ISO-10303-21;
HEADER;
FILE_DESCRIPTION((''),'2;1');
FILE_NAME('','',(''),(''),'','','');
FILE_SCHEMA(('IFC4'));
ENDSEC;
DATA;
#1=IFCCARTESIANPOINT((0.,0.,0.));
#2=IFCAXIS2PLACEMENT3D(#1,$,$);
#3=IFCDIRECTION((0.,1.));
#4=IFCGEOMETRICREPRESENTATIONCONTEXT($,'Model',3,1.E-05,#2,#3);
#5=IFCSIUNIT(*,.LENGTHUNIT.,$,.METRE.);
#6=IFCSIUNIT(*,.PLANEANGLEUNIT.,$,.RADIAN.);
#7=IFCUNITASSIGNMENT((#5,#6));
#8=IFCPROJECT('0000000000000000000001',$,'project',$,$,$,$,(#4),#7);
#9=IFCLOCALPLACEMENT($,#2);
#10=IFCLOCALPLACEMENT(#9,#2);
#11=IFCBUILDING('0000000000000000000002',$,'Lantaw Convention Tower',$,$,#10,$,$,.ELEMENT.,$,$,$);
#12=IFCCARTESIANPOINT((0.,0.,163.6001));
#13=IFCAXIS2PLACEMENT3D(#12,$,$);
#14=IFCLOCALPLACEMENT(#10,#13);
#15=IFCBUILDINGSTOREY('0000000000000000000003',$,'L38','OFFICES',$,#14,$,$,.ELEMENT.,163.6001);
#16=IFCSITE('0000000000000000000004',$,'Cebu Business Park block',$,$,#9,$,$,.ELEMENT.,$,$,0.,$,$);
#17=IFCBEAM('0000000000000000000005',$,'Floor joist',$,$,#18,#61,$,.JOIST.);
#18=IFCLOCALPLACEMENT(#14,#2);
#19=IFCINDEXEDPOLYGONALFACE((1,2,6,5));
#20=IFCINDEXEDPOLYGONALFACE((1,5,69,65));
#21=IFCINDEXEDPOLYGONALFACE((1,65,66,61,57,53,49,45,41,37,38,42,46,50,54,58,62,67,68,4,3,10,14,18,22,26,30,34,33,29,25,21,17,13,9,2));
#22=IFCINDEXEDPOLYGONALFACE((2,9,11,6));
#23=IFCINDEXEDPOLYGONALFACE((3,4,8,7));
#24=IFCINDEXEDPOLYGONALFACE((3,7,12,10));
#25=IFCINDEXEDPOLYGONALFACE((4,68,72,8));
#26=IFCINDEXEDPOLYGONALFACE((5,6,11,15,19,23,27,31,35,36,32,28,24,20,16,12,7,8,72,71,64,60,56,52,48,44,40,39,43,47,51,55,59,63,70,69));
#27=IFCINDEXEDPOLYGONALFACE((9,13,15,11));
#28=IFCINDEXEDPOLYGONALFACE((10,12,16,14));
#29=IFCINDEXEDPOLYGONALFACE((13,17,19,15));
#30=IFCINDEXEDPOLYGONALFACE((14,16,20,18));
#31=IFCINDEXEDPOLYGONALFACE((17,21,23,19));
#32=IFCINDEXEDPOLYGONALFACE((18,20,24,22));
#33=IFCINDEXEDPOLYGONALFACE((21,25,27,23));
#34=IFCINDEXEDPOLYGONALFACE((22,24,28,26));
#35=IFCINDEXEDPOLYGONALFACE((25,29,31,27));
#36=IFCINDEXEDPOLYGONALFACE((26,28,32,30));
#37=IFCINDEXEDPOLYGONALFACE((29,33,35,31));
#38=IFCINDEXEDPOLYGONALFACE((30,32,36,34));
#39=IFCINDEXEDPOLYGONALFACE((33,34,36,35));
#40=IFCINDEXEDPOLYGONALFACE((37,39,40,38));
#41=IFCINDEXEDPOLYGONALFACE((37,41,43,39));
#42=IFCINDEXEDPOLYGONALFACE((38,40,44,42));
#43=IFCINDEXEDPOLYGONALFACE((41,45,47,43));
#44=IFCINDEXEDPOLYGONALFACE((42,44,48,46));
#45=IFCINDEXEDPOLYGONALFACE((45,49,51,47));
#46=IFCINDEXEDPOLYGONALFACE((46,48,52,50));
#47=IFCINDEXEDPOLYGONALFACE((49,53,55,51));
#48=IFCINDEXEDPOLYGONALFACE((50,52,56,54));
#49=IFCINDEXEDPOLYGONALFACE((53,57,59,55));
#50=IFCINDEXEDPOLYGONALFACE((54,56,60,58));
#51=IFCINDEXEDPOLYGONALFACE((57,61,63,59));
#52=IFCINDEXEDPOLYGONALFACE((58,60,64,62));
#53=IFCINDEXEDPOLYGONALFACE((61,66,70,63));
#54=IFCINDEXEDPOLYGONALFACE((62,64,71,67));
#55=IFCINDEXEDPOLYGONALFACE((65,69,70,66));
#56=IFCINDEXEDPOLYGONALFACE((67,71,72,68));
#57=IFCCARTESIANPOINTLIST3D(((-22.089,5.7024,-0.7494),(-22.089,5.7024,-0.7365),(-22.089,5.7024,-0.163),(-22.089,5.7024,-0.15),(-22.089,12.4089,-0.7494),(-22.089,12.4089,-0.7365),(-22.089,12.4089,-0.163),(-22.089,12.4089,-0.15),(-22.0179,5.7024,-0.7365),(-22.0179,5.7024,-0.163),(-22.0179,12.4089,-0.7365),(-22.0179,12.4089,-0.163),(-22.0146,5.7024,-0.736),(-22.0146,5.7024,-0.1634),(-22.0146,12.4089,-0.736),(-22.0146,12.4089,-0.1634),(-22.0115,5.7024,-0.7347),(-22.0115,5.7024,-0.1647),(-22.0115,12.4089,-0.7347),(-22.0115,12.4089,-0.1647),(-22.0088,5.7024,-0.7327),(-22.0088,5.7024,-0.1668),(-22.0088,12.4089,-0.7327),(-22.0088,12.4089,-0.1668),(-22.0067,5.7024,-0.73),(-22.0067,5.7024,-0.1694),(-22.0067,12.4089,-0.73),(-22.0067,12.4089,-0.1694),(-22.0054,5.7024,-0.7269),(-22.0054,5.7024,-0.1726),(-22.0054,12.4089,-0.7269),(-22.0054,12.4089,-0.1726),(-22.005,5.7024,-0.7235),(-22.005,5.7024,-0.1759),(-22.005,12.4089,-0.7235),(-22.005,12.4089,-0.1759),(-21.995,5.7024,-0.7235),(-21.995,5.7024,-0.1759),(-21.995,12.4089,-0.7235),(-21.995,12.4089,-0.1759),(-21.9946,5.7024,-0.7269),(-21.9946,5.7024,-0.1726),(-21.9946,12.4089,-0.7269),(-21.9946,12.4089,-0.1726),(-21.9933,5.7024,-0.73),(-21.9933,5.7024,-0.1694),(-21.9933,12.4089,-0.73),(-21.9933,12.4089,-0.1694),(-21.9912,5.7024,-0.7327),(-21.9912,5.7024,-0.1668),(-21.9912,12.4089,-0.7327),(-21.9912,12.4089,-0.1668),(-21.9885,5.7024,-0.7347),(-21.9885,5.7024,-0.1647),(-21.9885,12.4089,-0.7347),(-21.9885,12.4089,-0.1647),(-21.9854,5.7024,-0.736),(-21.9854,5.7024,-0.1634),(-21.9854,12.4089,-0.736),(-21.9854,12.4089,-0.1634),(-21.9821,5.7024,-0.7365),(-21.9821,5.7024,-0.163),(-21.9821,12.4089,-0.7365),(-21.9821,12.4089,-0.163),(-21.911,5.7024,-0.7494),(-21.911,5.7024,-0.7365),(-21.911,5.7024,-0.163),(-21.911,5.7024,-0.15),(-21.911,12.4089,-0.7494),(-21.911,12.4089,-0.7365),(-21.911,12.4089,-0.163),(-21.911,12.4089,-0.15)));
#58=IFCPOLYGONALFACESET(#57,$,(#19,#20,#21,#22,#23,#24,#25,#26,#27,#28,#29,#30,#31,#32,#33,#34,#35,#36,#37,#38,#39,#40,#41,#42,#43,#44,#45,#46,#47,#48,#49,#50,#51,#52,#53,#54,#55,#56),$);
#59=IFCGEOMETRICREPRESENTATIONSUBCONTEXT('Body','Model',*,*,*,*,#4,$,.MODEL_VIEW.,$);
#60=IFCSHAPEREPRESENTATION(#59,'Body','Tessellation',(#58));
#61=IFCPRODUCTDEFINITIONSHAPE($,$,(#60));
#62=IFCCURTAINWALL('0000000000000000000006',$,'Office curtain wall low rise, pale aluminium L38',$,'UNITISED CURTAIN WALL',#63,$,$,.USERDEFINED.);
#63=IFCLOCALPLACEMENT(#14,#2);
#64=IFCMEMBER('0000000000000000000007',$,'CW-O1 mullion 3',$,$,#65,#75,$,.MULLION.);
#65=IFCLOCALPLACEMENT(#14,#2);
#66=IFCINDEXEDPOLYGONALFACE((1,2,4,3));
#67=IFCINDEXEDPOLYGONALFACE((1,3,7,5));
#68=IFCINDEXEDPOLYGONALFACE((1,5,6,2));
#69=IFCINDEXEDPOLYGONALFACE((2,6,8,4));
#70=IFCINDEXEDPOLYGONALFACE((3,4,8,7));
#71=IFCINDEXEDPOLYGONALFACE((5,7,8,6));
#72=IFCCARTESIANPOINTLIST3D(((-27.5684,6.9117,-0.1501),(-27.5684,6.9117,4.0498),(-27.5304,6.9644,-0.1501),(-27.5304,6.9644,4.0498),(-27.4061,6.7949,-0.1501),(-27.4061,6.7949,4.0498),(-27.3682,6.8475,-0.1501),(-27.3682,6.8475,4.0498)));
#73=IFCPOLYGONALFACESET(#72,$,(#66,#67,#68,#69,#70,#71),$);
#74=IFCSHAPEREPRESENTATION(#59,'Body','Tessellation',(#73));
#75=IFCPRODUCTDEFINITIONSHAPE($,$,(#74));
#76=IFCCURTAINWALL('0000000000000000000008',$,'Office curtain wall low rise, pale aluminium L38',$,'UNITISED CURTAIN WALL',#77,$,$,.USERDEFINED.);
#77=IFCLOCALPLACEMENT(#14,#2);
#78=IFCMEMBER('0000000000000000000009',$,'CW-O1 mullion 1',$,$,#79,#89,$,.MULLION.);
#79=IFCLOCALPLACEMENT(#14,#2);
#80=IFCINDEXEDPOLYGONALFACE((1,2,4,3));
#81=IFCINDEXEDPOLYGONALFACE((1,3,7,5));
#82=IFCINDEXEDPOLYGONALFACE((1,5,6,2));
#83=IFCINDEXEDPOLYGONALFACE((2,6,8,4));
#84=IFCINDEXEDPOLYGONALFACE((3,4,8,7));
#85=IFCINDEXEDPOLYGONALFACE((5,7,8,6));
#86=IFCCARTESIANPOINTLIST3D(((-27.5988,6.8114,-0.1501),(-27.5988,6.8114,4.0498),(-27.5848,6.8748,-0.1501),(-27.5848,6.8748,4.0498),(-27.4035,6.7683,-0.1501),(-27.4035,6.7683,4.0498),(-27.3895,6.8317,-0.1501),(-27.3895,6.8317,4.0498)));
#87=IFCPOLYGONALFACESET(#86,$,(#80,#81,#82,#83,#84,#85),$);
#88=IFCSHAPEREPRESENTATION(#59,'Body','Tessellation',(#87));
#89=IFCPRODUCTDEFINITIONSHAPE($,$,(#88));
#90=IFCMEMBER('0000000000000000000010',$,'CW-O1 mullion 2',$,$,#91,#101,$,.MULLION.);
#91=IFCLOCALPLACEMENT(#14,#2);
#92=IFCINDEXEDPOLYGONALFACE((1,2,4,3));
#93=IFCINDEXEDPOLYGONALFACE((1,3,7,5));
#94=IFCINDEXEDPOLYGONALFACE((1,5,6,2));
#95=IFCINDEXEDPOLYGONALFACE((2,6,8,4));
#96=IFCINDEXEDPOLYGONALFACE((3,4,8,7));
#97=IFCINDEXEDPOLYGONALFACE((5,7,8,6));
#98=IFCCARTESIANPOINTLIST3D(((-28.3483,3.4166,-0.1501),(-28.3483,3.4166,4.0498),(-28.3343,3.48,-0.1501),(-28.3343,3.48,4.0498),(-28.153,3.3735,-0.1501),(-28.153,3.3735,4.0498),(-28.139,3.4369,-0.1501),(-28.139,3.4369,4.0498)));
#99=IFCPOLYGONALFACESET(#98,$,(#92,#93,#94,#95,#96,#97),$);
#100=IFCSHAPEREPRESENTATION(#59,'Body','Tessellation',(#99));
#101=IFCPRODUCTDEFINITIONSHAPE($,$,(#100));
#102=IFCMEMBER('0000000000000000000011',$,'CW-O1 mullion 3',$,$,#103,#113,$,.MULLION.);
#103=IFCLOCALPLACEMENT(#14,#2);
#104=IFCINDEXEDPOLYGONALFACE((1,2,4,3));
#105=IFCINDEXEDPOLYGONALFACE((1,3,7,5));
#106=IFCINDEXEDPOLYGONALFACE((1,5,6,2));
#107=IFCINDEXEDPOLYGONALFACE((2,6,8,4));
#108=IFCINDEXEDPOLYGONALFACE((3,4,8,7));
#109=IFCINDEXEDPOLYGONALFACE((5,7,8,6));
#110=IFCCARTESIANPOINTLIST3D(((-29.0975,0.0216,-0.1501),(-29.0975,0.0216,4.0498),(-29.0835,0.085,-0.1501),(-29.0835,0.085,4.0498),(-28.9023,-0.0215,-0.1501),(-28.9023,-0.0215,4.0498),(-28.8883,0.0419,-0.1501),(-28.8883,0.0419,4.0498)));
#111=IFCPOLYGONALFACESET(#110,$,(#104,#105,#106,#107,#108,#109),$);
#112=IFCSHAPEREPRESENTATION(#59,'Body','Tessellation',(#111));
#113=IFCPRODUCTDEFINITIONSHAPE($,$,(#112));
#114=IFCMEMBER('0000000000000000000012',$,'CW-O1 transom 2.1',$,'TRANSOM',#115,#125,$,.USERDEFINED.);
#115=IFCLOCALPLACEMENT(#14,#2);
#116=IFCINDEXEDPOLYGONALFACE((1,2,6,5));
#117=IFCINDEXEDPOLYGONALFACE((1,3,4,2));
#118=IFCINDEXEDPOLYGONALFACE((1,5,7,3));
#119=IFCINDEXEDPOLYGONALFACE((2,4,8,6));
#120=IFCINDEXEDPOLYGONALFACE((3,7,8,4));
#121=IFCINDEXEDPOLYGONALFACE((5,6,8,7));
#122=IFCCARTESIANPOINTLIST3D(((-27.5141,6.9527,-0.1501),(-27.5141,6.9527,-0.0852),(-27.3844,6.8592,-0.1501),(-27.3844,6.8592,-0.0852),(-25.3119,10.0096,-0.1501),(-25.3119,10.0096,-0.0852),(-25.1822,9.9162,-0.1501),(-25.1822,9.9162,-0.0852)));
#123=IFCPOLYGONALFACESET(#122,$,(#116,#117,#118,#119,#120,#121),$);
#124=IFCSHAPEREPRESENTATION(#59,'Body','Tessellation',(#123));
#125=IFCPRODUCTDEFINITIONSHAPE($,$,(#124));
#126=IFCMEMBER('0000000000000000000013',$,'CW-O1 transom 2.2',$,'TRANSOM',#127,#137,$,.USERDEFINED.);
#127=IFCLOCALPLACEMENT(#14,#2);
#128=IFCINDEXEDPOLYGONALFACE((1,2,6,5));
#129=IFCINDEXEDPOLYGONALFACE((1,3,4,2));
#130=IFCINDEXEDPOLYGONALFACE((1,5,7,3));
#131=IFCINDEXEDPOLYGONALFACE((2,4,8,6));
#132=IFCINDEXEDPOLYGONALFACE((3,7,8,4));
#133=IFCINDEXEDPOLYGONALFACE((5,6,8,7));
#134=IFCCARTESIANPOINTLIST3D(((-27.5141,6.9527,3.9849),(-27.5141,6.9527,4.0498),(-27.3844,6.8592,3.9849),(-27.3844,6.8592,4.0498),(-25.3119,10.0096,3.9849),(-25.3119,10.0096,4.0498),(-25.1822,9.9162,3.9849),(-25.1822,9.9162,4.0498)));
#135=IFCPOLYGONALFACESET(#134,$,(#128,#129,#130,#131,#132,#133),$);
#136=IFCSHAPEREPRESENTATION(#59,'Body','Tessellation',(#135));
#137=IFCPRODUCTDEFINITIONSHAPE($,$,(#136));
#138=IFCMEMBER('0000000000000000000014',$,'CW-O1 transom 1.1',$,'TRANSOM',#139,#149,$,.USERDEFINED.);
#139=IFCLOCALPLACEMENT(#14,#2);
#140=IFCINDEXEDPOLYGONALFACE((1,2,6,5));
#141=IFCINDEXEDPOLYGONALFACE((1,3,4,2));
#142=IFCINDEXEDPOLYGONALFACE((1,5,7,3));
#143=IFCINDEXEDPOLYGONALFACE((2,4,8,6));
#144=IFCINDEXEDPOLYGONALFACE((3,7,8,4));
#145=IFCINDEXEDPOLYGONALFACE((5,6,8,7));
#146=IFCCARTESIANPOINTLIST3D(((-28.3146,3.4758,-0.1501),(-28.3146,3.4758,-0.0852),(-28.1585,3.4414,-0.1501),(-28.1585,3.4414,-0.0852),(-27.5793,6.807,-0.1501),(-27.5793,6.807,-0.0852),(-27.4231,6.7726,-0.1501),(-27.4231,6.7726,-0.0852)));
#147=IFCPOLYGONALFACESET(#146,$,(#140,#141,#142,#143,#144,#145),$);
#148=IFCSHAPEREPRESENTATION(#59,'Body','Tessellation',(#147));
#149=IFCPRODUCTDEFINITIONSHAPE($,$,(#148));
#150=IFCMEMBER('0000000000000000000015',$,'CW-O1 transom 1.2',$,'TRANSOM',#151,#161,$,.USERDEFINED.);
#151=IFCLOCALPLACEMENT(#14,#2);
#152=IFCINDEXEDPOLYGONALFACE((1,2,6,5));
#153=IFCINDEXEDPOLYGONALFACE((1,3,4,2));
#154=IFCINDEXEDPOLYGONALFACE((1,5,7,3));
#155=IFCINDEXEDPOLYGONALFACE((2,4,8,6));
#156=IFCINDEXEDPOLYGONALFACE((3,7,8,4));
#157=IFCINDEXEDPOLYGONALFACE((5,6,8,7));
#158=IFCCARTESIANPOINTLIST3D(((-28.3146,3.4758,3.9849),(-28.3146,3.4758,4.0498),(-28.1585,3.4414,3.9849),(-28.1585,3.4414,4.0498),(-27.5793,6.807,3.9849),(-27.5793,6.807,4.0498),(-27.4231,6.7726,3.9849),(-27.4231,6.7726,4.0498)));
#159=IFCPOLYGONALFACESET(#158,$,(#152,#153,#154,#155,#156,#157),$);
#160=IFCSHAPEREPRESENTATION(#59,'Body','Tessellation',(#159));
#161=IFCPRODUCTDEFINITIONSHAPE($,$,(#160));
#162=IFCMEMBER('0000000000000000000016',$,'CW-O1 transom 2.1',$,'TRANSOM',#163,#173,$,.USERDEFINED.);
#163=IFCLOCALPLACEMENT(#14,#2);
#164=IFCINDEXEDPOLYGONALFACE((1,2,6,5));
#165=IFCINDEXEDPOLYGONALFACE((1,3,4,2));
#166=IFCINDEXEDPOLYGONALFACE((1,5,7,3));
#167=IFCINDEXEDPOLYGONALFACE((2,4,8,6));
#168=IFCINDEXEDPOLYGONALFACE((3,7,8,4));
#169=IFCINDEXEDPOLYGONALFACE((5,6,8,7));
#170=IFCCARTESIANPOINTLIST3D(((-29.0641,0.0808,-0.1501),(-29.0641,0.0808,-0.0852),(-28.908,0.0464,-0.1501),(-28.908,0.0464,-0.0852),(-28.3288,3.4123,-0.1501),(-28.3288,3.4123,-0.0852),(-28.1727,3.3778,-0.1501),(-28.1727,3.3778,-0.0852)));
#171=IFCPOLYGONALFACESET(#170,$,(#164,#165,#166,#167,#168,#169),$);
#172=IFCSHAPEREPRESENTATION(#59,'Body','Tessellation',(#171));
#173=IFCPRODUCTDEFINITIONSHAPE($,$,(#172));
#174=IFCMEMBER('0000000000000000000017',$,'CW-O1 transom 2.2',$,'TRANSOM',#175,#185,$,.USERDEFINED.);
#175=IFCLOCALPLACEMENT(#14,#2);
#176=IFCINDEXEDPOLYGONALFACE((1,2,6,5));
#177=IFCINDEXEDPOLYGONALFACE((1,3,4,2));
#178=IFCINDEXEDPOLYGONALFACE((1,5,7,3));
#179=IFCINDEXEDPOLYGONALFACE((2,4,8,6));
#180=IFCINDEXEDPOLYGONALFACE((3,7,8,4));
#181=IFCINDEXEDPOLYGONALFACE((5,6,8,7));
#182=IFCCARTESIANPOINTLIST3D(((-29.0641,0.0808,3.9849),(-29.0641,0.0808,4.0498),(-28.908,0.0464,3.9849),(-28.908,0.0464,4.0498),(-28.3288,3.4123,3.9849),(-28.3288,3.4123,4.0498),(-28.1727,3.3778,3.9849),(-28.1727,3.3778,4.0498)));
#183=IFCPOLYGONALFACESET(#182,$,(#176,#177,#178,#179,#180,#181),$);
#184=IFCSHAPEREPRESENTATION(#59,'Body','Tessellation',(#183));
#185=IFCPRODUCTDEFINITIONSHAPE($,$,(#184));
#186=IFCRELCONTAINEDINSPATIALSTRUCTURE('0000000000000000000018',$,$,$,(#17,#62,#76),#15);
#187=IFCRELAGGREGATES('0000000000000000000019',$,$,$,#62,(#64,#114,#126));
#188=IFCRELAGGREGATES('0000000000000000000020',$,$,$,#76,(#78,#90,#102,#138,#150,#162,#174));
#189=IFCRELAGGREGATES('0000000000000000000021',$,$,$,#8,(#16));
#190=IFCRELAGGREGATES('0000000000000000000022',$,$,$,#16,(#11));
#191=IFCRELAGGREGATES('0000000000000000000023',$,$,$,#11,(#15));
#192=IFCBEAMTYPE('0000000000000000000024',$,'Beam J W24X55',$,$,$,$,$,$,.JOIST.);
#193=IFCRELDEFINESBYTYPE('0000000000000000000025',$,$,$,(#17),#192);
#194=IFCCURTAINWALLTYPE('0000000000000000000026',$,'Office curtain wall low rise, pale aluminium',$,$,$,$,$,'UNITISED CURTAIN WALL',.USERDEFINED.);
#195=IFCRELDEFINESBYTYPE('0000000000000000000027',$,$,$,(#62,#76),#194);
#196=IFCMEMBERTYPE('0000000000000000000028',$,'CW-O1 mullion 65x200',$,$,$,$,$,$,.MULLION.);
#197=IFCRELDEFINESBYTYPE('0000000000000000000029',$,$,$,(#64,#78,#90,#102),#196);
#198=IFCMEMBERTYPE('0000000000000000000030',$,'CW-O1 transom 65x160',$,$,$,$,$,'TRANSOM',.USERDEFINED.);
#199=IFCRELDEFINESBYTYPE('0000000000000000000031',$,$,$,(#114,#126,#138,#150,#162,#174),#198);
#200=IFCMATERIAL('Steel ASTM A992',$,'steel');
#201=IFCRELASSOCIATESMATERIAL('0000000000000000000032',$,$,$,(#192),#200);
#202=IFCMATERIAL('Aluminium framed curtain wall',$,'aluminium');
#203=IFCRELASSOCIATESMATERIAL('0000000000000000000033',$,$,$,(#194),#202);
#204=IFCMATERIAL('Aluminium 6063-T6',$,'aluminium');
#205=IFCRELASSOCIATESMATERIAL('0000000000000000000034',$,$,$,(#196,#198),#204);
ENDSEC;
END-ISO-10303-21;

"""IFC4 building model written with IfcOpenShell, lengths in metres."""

from ifc_helpers import new_model, si_unit, direction, frame, origin, origin_2d, place, context, subcontext, project, spatial, rectangle, i_section, extrude, material, material_profile, profile_set, type_object, element, aggregate, save


model = new_model("IFC4")

# Units and contexts
model_context = context("Model", 3, precision=1e-05, world=origin(), true_north=direction((0.0, 1.0)))
body_context = subcontext(model_context, "Body", "Model", "MODEL_VIEW")
ifc_project = project(units=[si_unit("LENGTHUNIT", "METRE"), si_unit("PLANEANGLEUNIT", "RADIAN")], contexts=[model_context])

# Site, building, storey
site_placement = place(None, origin())
site = spatial("IfcSite", under=ifc_project, at=site_placement, Name="Cebu Business Park block", CompositionType="ELEMENT", RefElevation=0.0)
building_placement = place(site_placement, origin())
building = spatial("IfcBuilding", under=site, at=building_placement, Name="Lantaw Convention Tower", CompositionType="ELEMENT")
storey_placement = place(building_placement, frame((0.0, 0.0, 163.6001)))
storey = spatial("IfcBuildingStorey", under=building, at=storey_placement, Name="L38", Description="OFFICES", CompositionType="ELEMENT", Elevation=163.6001)

# Beam
ifc_material_1 = material(Name="Steel ASTM A992", Category="steel")
ifc_material_profile_1 = material_profile(ifc_material_1, i_section(OverallWidth=0.178, OverallDepth=0.5994, WebThickness=0.01, FlangeThickness=0.0129, FilletRadius=0.0129, at=origin_2d()), Name="W24X55")
ifc_profile_set_1 = profile_set([ifc_material_profile_1], Name="Steel ASTM A992")
beam_type_1 = type_object("IfcBeamType", Name="Beam J W24X55", PredefinedType="JOIST", material=ifc_profile_set_1)
beam_1_placement = place(storey_placement, frame((-22.0, 5.7024, -0.4497), z_axis=(0.0, 1.0, 0.0), x_axis=(-1.0, 0.0, 0.0)))
element("IfcBeam", 1, at=beam_1_placement, inside=storey, type_object=beam_type_1, Name="Floor joist", PredefinedType="JOIST", context=body_context, shape_type="SweptSolid", body=[
    extrude(i_section(OverallWidth=0.178, OverallDepth=0.5994, WebThickness=0.01, FlangeThickness=0.0129, FilletRadius=0.0129, at=origin_2d()), origin(), (0.0, 0.0, 1.0), 6.7065),
])

# Curtain wall, member
ifc_material_2 = material(Name="Aluminium framed curtain wall", Category="aluminium")
curtain_wall_type = type_object("IfcCurtainWallType", Name="Office curtain wall low rise, pale aluminium", ElementType="UNITISED CURTAIN WALL", PredefinedType="USERDEFINED", material=ifc_material_2)
curtain_wall_1_placement = place(storey_placement, origin())
curtain_wall_1 = element("IfcCurtainWall", 2, at=curtain_wall_1_placement, inside=storey, type_object=curtain_wall_type, Name="Office curtain wall low rise, pale aluminium L38", ObjectType="UNITISED CURTAIN WALL", PredefinedType="USERDEFINED")
ifc_material_3 = material(Name="Aluminium 6063-T6", Category="aluminium")
ifc_material_profile_2 = material_profile(ifc_material_3, rectangle(XDim=0.2, YDim=0.0649, at=origin_2d()), Name="CW-O1 mullion 65x200")
ifc_profile_set_2 = profile_set([ifc_material_profile_2], Name="Aluminium 6063-T6")
member_type_1 = type_object("IfcMemberType", Name="CW-O1 mullion 65x200", PredefinedType="MULLION", material=ifc_profile_set_2)
member_1_placement = place(storey_placement, frame((-27.4683, 6.8796, -0.1501), z_axis=(0.0, 0.0, 1.0), x_axis=(0.811385, -0.584513, 0.0)))
member_1 = element("IfcMember", 3, at=member_1_placement, type_object=member_type_1, Name="CW-O1 mullion 3", PredefinedType="MULLION", context=body_context, shape_type="SweptSolid", body=[
    extrude(rectangle(XDim=0.2, YDim=0.0649, at=origin_2d()), origin(), (0.0, 0.0, 1.0), 4.2),
])

# Curtain wall, members
curtain_wall_2_placement = place(storey_placement, origin())
curtain_wall_2 = element("IfcCurtainWall", 4, at=curtain_wall_2_placement, inside=storey, type_object=curtain_wall_type, Name="Office curtain wall low rise, pale aluminium L38", ObjectType="UNITISED CURTAIN WALL", PredefinedType="USERDEFINED")
member_2_placement = place(storey_placement, frame((-27.4941, 6.8215, -0.1501), z_axis=(0.0, 0.0, 1.0), x_axis=(0.976494, -0.215546, 0.0)))
member_2 = element("IfcMember", 5, at=member_2_placement, type_object=member_type_1, Name="CW-O1 mullion 1", PredefinedType="MULLION", context=body_context, shape_type="SweptSolid", body=[
    extrude(rectangle(XDim=0.2, YDim=0.0649, at=origin_2d()), origin(), (0.0, 0.0, 1.0), 4.2),
])
member_3_placement = place(storey_placement, frame((-28.2437, 3.4268, -0.1501), z_axis=(0.0, 0.0, 1.0), x_axis=(0.976494, -0.215546, 0.0)))
member_3 = element("IfcMember", 6, at=member_3_placement, type_object=member_type_1, Name="CW-O1 mullion 2", PredefinedType="MULLION", context=body_context, shape_type="SweptSolid", body=[
    extrude(rectangle(XDim=0.2, YDim=0.0649, at=origin_2d()), origin(), (0.0, 0.0, 1.0), 4.2),
])
member_4_placement = place(storey_placement, frame((-28.9929, 0.0317, -0.1501), z_axis=(0.0, 0.0, 1.0), x_axis=(0.976494, -0.215546, 0.0)))
member_4 = element("IfcMember", 7, at=member_4_placement, type_object=member_type_1, Name="CW-O1 mullion 3", PredefinedType="MULLION", context=body_context, shape_type="SweptSolid", body=[
    extrude(rectangle(XDim=0.2, YDim=0.0649, at=origin_2d()), origin(), (0.0, 0.0, 1.0), 4.2),
])

# Members
ifc_material_profile_3 = material_profile(ifc_material_3, rectangle(XDim=0.1599, YDim=0.0649, at=origin_2d()), Name="CW-O1 transom 65x160")
ifc_profile_set_3 = profile_set([ifc_material_profile_3], Name="Aluminium 6063-T6")
member_type_2 = type_object("IfcMemberType", Name="CW-O1 transom 65x160", ElementType="TRANSOM", PredefinedType="USERDEFINED", material=ifc_profile_set_3)
member_5_placement = place(storey_placement, frame((-25.2471, 9.9629, -0.1177), z_axis=(-0.584513, -0.811384, 0.0), x_axis=(0.811384, -0.584513, 0.0)))
member_5 = element("IfcMember", 8, at=member_5_placement, type_object=member_type_2, Name="CW-O1 transom 2.1", ObjectType="TRANSOM", PredefinedType="USERDEFINED", context=body_context, shape_type="SweptSolid", body=[
    extrude(rectangle(XDim=0.1599, YDim=0.0649, at=origin_2d()), origin(), (0.0, 0.0, 1.0), 3.7676),
])
member_6_placement = place(storey_placement, frame((-25.2471, 9.9629, 4.0173), z_axis=(-0.584513, -0.811384, 0.0), x_axis=(0.811384, -0.584513, 0.0)))
member_6 = element("IfcMember", 9, at=member_6_placement, type_object=member_type_2, Name="CW-O1 transom 2.2", ObjectType="TRANSOM", PredefinedType="USERDEFINED", context=body_context, shape_type="SweptSolid", body=[
    extrude(rectangle(XDim=0.1599, YDim=0.0649, at=origin_2d()), origin(), (0.0, 0.0, 1.0), 3.7676),
])
member_7_placement = place(storey_placement, frame((-27.5012, 6.7898, -0.1177), z_axis=(-0.215551, -0.976493, 0.0), x_axis=(0.976493, -0.215551, 0.0)))
member_7 = element("IfcMember", 10, at=member_7_placement, type_object=member_type_2, Name="CW-O1 transom 1.1", ObjectType="TRANSOM", PredefinedType="USERDEFINED", context=body_context, shape_type="SweptSolid", body=[
    extrude(rectangle(XDim=0.1599, YDim=0.0649, at=origin_2d()), origin(), (0.0, 0.0, 1.0), 3.4114),
])
member_8_placement = place(storey_placement, frame((-27.5012, 6.7898, 4.0173), z_axis=(-0.215551, -0.976493, 0.0), x_axis=(0.976493, -0.215551, 0.0)))
member_8 = element("IfcMember", 11, at=member_8_placement, type_object=member_type_2, Name="CW-O1 transom 1.2", ObjectType="TRANSOM", PredefinedType="USERDEFINED", context=body_context, shape_type="SweptSolid", body=[
    extrude(rectangle(XDim=0.1599, YDim=0.0649, at=origin_2d()), origin(), (0.0, 0.0, 1.0), 3.4114),
])
member_9_placement = place(storey_placement, frame((-28.2507, 3.395, -0.1177), z_axis=(-0.215536, -0.976496, 0.0), x_axis=(0.976496, -0.215536, 0.0)))
member_9 = element("IfcMember", 12, at=member_9_placement, type_object=member_type_2, Name="CW-O1 transom 2.1", ObjectType="TRANSOM", PredefinedType="USERDEFINED", context=body_context, shape_type="SweptSolid", body=[
    extrude(rectangle(XDim=0.1599, YDim=0.0649, at=origin_2d()), origin(), (0.0, 0.0, 1.0), 3.4116),
])
member_10_placement = place(storey_placement, frame((-28.2507, 3.395, 4.0173), z_axis=(-0.215536, -0.976496, 0.0), x_axis=(0.976496, -0.215536, 0.0)))
member_10 = element("IfcMember", 13, at=member_10_placement, type_object=member_type_2, Name="CW-O1 transom 2.2", ObjectType="TRANSOM", PredefinedType="USERDEFINED", context=body_context, shape_type="SweptSolid", body=[
    extrude(rectangle(XDim=0.1599, YDim=0.0649, at=origin_2d()), origin(), (0.0, 0.0, 1.0), 3.4116),
])

aggregate(curtain_wall_1, [member_1, member_5, member_6])
aggregate(curtain_wall_2, [member_2, member_3, member_4, member_7, member_8, member_9, member_10])

save(model, "model.ifc")
